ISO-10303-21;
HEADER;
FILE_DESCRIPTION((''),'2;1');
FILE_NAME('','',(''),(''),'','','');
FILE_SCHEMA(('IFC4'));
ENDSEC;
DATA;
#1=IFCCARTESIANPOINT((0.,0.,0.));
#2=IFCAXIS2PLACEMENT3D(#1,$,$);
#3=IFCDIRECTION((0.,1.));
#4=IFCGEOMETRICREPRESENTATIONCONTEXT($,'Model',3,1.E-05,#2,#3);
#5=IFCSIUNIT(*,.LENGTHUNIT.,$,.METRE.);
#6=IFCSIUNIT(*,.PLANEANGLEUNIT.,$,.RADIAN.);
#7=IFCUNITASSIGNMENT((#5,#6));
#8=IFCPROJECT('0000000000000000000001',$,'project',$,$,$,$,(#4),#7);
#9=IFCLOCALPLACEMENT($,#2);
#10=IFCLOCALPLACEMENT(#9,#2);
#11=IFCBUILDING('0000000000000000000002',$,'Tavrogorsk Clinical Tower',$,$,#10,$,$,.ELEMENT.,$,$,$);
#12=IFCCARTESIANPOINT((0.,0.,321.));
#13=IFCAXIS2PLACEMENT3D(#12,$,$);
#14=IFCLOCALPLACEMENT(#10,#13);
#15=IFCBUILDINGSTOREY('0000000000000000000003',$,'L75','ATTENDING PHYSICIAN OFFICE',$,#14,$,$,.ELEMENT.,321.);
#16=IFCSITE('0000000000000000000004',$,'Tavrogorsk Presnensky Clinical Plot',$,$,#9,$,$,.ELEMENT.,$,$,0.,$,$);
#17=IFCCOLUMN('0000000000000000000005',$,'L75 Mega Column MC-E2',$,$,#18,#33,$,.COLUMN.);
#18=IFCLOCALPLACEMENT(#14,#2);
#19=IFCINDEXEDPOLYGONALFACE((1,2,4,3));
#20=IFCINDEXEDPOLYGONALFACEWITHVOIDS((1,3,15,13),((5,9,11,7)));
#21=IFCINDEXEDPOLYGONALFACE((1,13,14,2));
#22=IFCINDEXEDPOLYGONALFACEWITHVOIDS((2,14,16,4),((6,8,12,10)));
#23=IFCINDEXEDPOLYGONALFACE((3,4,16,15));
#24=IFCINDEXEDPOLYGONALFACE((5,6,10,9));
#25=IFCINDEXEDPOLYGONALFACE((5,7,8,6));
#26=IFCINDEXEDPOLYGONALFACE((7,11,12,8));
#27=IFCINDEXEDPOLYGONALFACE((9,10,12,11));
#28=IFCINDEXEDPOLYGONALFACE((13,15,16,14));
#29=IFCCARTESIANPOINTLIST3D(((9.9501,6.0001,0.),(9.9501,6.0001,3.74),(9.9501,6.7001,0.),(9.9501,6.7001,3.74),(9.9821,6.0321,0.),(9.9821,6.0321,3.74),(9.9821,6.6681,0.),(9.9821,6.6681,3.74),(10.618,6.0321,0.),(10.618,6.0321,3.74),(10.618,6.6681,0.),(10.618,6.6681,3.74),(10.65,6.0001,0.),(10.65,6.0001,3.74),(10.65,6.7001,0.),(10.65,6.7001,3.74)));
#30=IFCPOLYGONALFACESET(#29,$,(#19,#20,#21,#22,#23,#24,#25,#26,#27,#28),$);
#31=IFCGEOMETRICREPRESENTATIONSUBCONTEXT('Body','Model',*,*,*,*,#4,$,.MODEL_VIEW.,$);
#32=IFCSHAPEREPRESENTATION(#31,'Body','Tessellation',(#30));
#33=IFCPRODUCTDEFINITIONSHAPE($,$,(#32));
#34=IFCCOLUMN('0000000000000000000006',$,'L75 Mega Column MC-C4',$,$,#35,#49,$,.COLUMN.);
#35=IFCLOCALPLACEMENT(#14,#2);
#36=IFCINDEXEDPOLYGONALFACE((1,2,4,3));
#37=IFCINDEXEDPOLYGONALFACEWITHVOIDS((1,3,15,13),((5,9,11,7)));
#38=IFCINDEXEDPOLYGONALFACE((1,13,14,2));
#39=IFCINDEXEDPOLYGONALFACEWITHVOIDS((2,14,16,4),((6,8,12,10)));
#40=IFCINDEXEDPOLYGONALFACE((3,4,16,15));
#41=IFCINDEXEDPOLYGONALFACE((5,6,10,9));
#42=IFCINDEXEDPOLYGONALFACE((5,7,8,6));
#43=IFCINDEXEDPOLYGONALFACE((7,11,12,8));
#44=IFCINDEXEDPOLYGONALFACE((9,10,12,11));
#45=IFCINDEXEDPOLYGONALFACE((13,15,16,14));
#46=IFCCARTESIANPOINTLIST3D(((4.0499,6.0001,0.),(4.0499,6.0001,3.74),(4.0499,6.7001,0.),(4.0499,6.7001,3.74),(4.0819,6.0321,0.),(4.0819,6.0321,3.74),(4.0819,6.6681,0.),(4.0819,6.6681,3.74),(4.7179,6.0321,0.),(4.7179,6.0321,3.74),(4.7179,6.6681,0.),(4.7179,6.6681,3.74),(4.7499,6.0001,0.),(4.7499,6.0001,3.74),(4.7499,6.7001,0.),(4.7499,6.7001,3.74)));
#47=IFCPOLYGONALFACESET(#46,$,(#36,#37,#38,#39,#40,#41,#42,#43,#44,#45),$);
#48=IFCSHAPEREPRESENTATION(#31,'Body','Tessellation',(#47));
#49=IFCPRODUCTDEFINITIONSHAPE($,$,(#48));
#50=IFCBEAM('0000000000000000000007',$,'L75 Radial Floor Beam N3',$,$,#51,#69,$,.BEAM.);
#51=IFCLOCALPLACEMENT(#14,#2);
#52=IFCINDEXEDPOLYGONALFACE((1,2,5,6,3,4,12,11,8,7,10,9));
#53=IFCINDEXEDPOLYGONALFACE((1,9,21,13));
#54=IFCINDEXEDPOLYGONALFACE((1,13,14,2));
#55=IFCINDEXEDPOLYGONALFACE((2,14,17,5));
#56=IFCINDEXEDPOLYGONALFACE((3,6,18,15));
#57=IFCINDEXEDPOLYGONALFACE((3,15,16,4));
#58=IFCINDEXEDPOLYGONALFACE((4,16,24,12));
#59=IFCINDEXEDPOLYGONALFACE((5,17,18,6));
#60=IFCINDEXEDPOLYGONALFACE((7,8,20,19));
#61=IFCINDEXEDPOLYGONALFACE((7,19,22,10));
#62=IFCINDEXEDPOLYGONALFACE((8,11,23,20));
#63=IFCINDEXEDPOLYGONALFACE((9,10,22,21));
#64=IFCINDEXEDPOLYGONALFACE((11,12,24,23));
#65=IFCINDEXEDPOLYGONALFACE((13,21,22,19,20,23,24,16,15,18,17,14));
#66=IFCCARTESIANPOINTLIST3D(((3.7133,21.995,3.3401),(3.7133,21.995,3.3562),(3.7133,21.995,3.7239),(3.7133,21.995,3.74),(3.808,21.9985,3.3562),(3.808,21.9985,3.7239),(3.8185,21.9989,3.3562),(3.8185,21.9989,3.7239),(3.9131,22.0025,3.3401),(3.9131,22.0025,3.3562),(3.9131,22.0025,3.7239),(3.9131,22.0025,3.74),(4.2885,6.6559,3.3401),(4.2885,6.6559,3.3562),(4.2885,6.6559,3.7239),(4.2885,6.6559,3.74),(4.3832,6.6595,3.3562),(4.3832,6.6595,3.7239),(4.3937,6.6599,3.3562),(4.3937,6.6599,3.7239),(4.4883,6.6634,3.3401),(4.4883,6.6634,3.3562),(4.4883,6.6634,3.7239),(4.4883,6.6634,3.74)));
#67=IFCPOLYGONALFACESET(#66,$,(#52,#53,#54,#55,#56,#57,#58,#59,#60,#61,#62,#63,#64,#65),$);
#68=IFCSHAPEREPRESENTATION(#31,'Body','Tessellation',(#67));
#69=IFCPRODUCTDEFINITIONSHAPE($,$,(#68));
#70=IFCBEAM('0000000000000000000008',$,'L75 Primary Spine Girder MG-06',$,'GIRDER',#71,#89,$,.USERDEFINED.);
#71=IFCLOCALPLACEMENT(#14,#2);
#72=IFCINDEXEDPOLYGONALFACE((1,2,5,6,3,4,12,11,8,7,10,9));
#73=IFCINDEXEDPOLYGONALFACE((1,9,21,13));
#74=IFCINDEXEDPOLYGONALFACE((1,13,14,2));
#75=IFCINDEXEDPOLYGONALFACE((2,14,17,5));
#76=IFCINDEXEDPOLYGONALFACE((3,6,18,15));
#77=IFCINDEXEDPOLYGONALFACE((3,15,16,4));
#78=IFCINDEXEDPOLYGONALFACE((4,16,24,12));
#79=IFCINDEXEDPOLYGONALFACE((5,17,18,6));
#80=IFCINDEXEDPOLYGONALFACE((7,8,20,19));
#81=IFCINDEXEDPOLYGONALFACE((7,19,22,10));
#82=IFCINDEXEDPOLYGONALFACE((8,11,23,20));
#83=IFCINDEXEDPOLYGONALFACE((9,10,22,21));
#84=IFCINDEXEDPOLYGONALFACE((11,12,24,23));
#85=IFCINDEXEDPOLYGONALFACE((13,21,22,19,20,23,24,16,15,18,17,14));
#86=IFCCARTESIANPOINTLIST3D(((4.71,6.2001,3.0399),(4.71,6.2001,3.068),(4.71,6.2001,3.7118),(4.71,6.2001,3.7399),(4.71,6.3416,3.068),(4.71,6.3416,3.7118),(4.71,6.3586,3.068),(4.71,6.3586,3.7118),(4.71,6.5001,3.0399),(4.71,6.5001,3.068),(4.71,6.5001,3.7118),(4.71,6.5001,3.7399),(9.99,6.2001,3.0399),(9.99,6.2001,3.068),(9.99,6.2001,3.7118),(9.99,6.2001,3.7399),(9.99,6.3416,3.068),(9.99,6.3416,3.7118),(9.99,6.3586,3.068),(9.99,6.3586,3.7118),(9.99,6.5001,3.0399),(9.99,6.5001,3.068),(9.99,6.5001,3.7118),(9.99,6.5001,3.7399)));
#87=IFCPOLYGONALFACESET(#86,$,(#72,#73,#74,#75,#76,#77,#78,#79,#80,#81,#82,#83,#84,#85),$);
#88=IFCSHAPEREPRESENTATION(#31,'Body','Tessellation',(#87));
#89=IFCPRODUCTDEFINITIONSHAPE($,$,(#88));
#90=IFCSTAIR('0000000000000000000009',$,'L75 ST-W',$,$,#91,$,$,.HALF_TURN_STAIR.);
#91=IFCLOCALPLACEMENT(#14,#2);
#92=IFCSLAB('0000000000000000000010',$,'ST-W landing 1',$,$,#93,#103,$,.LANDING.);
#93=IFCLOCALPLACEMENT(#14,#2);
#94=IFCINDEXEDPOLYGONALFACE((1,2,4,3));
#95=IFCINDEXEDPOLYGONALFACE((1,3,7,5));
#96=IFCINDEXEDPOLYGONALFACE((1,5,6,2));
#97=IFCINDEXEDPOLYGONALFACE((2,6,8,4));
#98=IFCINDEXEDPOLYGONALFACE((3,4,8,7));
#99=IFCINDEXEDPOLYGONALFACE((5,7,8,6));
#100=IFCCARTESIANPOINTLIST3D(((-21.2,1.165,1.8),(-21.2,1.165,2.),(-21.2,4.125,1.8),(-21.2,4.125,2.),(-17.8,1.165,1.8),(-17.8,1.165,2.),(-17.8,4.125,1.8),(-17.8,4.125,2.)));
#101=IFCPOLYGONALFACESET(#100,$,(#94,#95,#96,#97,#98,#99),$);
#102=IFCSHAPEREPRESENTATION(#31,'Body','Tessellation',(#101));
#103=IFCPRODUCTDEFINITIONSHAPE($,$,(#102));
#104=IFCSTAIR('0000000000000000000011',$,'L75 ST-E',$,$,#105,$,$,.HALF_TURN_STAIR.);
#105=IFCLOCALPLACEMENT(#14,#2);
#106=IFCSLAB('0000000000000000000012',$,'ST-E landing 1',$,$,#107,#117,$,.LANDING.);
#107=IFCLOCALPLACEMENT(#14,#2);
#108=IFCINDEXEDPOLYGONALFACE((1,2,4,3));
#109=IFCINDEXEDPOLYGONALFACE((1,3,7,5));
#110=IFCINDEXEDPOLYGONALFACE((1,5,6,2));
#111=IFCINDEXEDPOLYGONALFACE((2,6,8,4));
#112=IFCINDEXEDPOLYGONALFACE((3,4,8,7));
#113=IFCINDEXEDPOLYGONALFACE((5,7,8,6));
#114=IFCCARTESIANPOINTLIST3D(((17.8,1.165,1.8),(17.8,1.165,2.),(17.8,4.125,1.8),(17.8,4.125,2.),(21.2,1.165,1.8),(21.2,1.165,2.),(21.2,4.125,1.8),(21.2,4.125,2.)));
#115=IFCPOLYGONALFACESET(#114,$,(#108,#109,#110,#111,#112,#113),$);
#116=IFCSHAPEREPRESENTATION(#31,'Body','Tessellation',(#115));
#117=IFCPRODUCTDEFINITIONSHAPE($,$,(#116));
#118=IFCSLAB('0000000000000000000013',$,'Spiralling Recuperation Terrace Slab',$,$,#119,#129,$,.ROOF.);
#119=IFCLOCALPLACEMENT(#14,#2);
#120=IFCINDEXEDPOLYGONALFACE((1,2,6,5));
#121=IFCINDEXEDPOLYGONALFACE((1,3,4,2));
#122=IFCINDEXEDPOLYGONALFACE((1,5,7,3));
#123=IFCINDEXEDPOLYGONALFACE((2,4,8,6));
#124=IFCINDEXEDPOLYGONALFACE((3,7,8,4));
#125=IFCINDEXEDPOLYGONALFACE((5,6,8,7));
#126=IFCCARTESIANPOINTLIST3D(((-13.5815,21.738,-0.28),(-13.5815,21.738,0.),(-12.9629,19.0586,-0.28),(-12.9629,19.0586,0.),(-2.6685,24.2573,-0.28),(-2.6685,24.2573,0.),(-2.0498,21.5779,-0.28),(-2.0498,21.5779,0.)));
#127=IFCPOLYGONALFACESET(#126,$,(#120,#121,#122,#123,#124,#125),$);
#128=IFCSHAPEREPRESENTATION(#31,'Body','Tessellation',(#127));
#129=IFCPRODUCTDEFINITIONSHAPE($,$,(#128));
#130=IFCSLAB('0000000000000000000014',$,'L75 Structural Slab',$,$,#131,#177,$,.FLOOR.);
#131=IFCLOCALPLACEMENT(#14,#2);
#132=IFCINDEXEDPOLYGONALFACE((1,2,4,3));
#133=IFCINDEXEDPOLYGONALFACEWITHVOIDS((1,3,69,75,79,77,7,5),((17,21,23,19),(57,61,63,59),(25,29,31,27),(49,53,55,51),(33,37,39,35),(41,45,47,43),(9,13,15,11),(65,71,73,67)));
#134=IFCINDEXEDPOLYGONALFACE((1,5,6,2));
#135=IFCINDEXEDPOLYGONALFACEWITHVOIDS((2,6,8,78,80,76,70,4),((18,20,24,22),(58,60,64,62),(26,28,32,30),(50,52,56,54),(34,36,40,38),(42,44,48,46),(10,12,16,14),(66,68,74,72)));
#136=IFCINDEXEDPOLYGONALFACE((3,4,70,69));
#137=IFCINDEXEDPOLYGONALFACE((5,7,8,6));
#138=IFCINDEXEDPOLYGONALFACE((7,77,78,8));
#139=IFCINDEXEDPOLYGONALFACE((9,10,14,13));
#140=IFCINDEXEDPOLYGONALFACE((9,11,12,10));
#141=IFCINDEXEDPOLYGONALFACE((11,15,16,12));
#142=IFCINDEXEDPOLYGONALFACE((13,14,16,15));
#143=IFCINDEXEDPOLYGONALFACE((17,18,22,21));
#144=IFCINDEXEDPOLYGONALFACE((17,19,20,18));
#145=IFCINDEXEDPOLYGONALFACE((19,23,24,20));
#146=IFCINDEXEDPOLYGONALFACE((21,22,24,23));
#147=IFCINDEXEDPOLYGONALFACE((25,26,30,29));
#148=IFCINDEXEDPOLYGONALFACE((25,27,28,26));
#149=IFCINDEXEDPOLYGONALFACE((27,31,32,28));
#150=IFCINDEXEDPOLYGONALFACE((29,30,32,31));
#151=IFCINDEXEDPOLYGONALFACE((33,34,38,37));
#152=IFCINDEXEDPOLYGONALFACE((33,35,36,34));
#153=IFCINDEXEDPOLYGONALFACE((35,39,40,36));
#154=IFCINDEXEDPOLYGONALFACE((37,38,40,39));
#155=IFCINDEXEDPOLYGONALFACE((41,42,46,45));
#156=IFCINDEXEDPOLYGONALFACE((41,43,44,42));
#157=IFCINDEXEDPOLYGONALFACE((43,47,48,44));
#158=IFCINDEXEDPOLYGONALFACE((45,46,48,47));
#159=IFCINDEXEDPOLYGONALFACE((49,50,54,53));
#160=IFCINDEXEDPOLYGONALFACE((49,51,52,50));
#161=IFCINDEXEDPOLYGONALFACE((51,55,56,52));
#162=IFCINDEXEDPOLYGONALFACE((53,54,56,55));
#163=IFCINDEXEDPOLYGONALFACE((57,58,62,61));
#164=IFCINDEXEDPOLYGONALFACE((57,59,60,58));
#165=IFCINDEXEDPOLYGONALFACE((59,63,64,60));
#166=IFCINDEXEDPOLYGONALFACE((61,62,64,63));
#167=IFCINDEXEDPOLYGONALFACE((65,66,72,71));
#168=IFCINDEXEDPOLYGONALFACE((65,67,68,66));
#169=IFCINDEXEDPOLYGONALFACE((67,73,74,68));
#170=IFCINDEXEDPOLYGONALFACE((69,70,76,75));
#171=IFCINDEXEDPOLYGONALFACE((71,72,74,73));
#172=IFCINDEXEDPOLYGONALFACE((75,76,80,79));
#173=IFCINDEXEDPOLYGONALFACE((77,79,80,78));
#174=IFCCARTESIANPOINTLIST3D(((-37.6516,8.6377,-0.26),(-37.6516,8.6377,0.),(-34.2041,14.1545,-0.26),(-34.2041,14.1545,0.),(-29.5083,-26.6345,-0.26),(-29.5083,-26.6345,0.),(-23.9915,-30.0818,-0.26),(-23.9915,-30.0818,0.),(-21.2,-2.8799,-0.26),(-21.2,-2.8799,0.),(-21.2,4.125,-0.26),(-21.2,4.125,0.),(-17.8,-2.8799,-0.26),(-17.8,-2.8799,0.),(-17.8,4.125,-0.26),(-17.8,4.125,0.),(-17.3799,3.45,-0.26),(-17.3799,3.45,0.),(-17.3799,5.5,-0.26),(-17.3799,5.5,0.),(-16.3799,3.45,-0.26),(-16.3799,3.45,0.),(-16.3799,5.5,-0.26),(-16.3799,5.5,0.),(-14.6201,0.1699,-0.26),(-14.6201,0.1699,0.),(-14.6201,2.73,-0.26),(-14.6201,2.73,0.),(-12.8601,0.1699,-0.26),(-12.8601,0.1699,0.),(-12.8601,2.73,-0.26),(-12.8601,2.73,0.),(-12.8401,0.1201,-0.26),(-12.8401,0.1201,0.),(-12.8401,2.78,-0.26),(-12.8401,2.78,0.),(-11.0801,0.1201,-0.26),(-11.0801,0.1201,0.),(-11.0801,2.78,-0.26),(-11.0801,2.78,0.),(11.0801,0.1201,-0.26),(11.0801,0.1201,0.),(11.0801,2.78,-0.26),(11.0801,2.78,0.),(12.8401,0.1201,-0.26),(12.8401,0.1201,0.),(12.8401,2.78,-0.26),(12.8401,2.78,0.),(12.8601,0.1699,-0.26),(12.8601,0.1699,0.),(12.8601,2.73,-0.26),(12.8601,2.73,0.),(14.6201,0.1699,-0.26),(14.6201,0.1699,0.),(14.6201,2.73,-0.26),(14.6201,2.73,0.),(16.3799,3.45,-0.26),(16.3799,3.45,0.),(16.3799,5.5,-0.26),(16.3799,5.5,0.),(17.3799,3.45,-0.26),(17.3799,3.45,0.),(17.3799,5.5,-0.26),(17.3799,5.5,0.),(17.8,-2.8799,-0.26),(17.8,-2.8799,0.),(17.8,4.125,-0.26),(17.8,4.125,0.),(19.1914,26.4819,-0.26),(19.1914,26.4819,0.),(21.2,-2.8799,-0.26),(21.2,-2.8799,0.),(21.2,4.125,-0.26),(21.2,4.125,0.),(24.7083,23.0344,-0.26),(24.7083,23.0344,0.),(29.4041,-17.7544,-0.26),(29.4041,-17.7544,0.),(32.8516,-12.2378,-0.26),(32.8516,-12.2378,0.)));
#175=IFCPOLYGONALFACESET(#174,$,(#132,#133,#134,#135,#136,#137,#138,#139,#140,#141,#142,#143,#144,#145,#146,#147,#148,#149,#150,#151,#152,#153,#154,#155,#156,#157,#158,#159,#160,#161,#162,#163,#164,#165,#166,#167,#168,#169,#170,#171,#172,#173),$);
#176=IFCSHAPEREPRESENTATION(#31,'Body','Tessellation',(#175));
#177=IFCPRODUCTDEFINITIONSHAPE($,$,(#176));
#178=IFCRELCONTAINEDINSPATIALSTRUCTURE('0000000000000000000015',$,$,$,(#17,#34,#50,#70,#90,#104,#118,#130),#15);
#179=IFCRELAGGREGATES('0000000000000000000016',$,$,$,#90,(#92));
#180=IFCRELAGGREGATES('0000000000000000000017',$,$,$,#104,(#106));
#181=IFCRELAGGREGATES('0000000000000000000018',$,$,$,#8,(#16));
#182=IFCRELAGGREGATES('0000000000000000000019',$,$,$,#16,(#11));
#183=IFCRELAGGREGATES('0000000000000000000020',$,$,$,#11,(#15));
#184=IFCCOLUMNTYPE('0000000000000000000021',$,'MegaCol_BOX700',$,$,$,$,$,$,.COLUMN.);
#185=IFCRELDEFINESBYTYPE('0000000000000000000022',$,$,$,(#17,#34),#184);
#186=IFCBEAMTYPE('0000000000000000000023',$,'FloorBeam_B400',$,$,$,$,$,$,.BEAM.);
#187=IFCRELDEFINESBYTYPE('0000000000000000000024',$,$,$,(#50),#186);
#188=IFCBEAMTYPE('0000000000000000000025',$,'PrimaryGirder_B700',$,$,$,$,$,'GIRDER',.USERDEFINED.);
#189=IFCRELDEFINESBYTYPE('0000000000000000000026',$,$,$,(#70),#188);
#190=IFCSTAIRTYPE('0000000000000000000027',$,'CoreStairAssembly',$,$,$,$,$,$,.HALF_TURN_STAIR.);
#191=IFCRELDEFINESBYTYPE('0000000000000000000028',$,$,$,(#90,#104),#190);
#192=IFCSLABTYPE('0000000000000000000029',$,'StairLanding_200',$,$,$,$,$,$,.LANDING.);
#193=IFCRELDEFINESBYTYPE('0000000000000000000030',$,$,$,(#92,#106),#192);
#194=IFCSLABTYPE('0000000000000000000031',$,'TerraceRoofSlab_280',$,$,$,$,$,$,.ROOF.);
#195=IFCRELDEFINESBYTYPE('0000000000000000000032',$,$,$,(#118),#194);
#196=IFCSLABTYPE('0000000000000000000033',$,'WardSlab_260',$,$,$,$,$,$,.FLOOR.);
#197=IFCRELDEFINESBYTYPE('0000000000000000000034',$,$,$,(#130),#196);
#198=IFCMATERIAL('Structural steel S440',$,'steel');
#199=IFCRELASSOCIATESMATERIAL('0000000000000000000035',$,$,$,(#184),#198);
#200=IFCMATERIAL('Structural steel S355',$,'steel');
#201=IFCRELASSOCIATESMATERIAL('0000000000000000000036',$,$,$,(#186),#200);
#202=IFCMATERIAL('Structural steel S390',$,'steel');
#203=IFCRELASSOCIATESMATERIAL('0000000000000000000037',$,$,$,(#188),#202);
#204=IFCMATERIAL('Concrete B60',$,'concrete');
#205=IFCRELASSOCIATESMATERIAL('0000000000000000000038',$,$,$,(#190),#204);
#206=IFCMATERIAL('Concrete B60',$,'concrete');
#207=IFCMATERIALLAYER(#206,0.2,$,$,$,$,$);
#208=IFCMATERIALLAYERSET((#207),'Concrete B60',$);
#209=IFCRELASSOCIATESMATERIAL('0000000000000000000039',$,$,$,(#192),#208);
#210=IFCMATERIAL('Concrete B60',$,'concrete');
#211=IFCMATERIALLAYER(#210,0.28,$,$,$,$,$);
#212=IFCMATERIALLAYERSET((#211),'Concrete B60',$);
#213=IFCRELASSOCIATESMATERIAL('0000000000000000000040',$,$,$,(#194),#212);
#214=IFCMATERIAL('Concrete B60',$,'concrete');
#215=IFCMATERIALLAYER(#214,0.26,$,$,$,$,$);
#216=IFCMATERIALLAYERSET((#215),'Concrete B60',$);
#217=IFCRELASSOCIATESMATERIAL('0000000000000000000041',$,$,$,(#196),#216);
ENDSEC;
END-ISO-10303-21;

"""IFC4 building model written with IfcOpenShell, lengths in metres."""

from ifc_helpers import new_model, si_unit, direction, frame, origin, origin_2d, place, context, subcontext, project, spatial, polyline, hollow_rectangle, i_section, outline, extrude, material, layer, layer_set, material_profile, profile_set, type_object, element, aggregate, save


model = new_model("IFC4")

# Units and contexts
model_context = context("Model", 3, precision=1e-05, world=origin(), true_north=direction((0.0, 1.0)))
body_context = subcontext(model_context, "Body", "Model", "MODEL_VIEW")
ifc_project = project(units=[si_unit("LENGTHUNIT", "METRE"), si_unit("PLANEANGLEUNIT", "RADIAN")], contexts=[model_context])

# Site, building, storey
site_placement = place(None, origin())
site = spatial("IfcSite", under=ifc_project, at=site_placement, Name="Tavrogorsk Presnensky Clinical Plot", CompositionType="ELEMENT", RefElevation=0.0)
building_placement = place(site_placement, origin())
building = spatial("IfcBuilding", under=site, at=building_placement, Name="Tavrogorsk Clinical Tower", CompositionType="ELEMENT")
storey_placement = place(building_placement, frame((0.0, 0.0, 321.0)))
storey = spatial("IfcBuildingStorey", under=building, at=storey_placement, Name="L75", Description="ATTENDING PHYSICIAN OFFICE", CompositionType="ELEMENT", Elevation=321.0)

# Columns
ifc_material_1 = material(Name="Structural steel S440", Category="steel")
ifc_material_profile_1 = material_profile(ifc_material_1, hollow_rectangle(XDim=0.7, YDim=0.7, WallThickness=0.032, at=origin_2d()), Name="BOX-700x700x32")
ifc_profile_set_1 = profile_set([ifc_material_profile_1], Name="Structural steel S440")
column_type = type_object("IfcColumnType", Name="MegaCol_BOX700", PredefinedType="COLUMN", material=ifc_profile_set_1)
for number, where, z_axis, x_axis, name in (
    (1, (10.3, 6.3501, 0.0), (0.0, 0.0, 1.0), (1.0, 0.0, 0.0), "L75 Mega Column MC-E2"),
    (2, (4.3999, 6.3501, 0.0), (0.0, 0.0, 1.0), (1.0, 0.0, 0.0), "L75 Mega Column MC-C4"),
):
    element("IfcColumn", number, at=place(storey_placement, frame(where, z_axis=z_axis, x_axis=x_axis)), inside=storey, type_object=column_type, Name=name, PredefinedType="COLUMN", context=body_context, shape_type="SweptSolid", body=[
        extrude(hollow_rectangle(XDim=0.7, YDim=0.7, WallThickness=0.032, at=origin_2d()), origin(), (0.0, 0.0, 1.0), 3.74),
    ])

# Beams
ifc_material_2 = material(Name="Structural steel S355", Category="steel")
ifc_material_profile_2 = material_profile(ifc_material_2, i_section(OverallWidth=0.2, OverallDepth=0.3999, WebThickness=0.0105, FlangeThickness=0.0161, at=origin_2d()), Name="B-400x200x10.5x16")
ifc_profile_set_2 = profile_set([ifc_material_profile_2], Name="Structural steel S355")
beam_type_1 = type_object("IfcBeamType", Name="FloorBeam_B400", PredefinedType="BEAM", material=ifc_profile_set_2)
beam_1_placement = place(storey_placement, frame((4.3884, 6.6597, 3.54), z_axis=(-0.037472, 0.999298, 0.0), x_axis=(-0.999298, -0.037472, 0.0)))
element("IfcBeam", 3, at=beam_1_placement, inside=storey, type_object=beam_type_1, Name="L75 Radial Floor Beam N3", PredefinedType="BEAM", context=body_context, shape_type="SweptSolid", body=[
    extrude(i_section(OverallWidth=0.2, OverallDepth=0.3999, WebThickness=0.0105, FlangeThickness=0.0161, at=origin_2d()), origin(), (0.0, 0.0, 1.0), 15.3499),
])
ifc_material_3 = material(Name="Structural steel S390", Category="steel")
ifc_material_profile_3 = material_profile(ifc_material_3, i_section(OverallWidth=0.3, OverallDepth=0.7, WebThickness=0.0171, FlangeThickness=0.0281, at=origin_2d()), Name="B-700x300x17x28")
ifc_profile_set_3 = profile_set([ifc_material_profile_3], Name="Structural steel S390")
beam_type_2 = type_object("IfcBeamType", Name="PrimaryGirder_B700", ElementType="GIRDER", PredefinedType="USERDEFINED", material=ifc_profile_set_3)
beam_2_placement = place(storey_placement, frame((4.71, 6.3501, 3.3899), z_axis=(1.0, 0.0, 0.0), x_axis=(0.0, 1.0, 0.0)))
element("IfcBeam", 4, at=beam_2_placement, inside=storey, type_object=beam_type_2, Name="L75 Primary Spine Girder MG-06", ObjectType="GIRDER", PredefinedType="USERDEFINED", context=body_context, shape_type="SweptSolid", body=[
    extrude(i_section(OverallWidth=0.3, OverallDepth=0.7, WebThickness=0.0171, FlangeThickness=0.0281, at=origin_2d()), origin(), (0.0, 0.0, 1.0), 5.28),
])

# Stairs, slabs
ifc_material_4 = material(Name="Concrete B60", Category="concrete")
stair_type = type_object("IfcStairType", Name="CoreStairAssembly", PredefinedType="HALF_TURN_STAIR", material=ifc_material_4)
stair_1_placement = place(storey_placement, origin())
stair_1 = element("IfcStair", 5, at=stair_1_placement, inside=storey, type_object=stair_type, Name="L75 ST-W", PredefinedType="HALF_TURN_STAIR")
ifc_material_5 = material(Name="Concrete B60", Category="concrete")
ifc_layer_1 = layer(ifc_material_5, 0.2)
ifc_layer_set_1 = layer_set([ifc_layer_1], Name="Concrete B60")
slab_type_1 = type_object("IfcSlabType", Name="StairLanding_200", PredefinedType="LANDING", material=ifc_layer_set_1)
slab_1_placement = place(storey_placement, frame((0.0, 0.0, 1.8)))
slab_1 = element("IfcSlab", 6, at=slab_1_placement, type_object=slab_type_1, Name="ST-W landing 1", PredefinedType="LANDING", context=body_context, shape_type="SweptSolid", body=[
    extrude(outline(polyline([(-17.8, 1.165), (-17.8, 4.125), (-21.2, 4.125), (-21.2, 1.165), (-17.8, 1.165)])), origin(), (0.0, 0.0, 1.0), 0.2),
])
aggregate(stair_1, [slab_1])
stair_2_placement = place(storey_placement, origin())
stair_2 = element("IfcStair", 7, at=stair_2_placement, inside=storey, type_object=stair_type, Name="L75 ST-E", PredefinedType="HALF_TURN_STAIR")
slab_2_placement = place(storey_placement, frame((0.0, 0.0, 1.8)))
slab_2 = element("IfcSlab", 8, at=slab_2_placement, type_object=slab_type_1, Name="ST-E landing 1", PredefinedType="LANDING", context=body_context, shape_type="SweptSolid", body=[
    extrude(outline(polyline([(21.2, 1.165), (21.2, 4.125), (17.8, 4.125), (17.8, 1.165), (21.2, 1.165)])), origin(), (0.0, 0.0, 1.0), 0.2),
])
aggregate(stair_2, [slab_2])

# Slabs
ifc_material_6 = material(Name="Concrete B60", Category="concrete")
ifc_layer_2 = layer(ifc_material_6, 0.28)
ifc_layer_set_2 = layer_set([ifc_layer_2], Name="Concrete B60")
slab_type_2 = type_object("IfcSlabType", Name="TerraceRoofSlab_280", PredefinedType="ROOF", material=ifc_layer_set_2)
slab_3_placement = place(storey_placement, frame((0.0, 0.0, -0.28)))
element("IfcSlab", 9, at=slab_3_placement, inside=storey, type_object=slab_type_2, Name="Spiralling Recuperation Terrace Slab", PredefinedType="ROOF", context=body_context, shape_type="SweptSolid", body=[
    extrude(outline(polyline([(-13.5815, 21.738), (-2.6685, 24.2573), (-2.0498, 21.5779), (-12.9629, 19.0586), (-13.5815, 21.738)])), origin(), (0.0, 0.0, 1.0), 0.28),
])
ifc_material_7 = material(Name="Concrete B60", Category="concrete")
ifc_layer_3 = layer(ifc_material_7, 0.26)
ifc_layer_set_3 = layer_set([ifc_layer_3], Name="Concrete B60")
slab_type_3 = type_object("IfcSlabType", Name="WardSlab_260", PredefinedType="FLOOR", material=ifc_layer_set_3)
slab_4_placement = place(storey_placement, frame((0.0, 0.0, -0.26)))
element("IfcSlab", 10, at=slab_4_placement, inside=storey, type_object=slab_type_3, Name="L75 Structural Slab", PredefinedType="FLOOR", context=body_context, shape_type="SweptSolid", body=[
    extrude(outline(polyline([(-23.9915, -30.0818), (29.4041, -17.7544), (32.8516, -12.2378), (24.7083, 23.0344), (19.1914, 26.4819), (-34.2041, 14.1545), (-37.6516, 8.6377), (-29.5083, -26.6345), (-23.9915, -30.0818)]), holes=[polyline([(-17.8, -2.8799), (-17.8, 4.125), (-21.2, 4.125), (-21.2, -2.8799), (-17.8, -2.8799)]), polyline([(21.2, -2.8799), (21.2, 4.125), (17.8, 4.125), (17.8, -2.8799), (21.2, -2.8799)]), polyline([(-14.6201, 0.1699), (-12.8601, 0.1699), (-12.8601, 2.73), (-14.6201, 2.73), (-14.6201, 0.1699)]), polyline([(-12.8401, 0.1201), (-11.0801, 0.1201), (-11.0801, 2.78), (-12.8401, 2.78), (-12.8401, 0.1201)]), polyline([(12.8601, 0.1699), (14.6201, 0.1699), (14.6201, 2.73), (12.8601, 2.73), (12.8601, 0.1699)]), polyline([(11.0801, 0.1201), (12.8401, 0.1201), (12.8401, 2.78), (11.0801, 2.78), (11.0801, 0.1201)]), polyline([(-17.3799, 3.45), (-16.3799, 3.45), (-16.3799, 5.5), (-17.3799, 5.5), (-17.3799, 3.45)]), polyline([(16.3799, 3.45), (17.3799, 3.45), (17.3799, 5.5), (16.3799, 5.5), (16.3799, 3.45)])]), origin(), (0.0, 0.0, 1.0), 0.26),
])

save(model, "model.ifc")
